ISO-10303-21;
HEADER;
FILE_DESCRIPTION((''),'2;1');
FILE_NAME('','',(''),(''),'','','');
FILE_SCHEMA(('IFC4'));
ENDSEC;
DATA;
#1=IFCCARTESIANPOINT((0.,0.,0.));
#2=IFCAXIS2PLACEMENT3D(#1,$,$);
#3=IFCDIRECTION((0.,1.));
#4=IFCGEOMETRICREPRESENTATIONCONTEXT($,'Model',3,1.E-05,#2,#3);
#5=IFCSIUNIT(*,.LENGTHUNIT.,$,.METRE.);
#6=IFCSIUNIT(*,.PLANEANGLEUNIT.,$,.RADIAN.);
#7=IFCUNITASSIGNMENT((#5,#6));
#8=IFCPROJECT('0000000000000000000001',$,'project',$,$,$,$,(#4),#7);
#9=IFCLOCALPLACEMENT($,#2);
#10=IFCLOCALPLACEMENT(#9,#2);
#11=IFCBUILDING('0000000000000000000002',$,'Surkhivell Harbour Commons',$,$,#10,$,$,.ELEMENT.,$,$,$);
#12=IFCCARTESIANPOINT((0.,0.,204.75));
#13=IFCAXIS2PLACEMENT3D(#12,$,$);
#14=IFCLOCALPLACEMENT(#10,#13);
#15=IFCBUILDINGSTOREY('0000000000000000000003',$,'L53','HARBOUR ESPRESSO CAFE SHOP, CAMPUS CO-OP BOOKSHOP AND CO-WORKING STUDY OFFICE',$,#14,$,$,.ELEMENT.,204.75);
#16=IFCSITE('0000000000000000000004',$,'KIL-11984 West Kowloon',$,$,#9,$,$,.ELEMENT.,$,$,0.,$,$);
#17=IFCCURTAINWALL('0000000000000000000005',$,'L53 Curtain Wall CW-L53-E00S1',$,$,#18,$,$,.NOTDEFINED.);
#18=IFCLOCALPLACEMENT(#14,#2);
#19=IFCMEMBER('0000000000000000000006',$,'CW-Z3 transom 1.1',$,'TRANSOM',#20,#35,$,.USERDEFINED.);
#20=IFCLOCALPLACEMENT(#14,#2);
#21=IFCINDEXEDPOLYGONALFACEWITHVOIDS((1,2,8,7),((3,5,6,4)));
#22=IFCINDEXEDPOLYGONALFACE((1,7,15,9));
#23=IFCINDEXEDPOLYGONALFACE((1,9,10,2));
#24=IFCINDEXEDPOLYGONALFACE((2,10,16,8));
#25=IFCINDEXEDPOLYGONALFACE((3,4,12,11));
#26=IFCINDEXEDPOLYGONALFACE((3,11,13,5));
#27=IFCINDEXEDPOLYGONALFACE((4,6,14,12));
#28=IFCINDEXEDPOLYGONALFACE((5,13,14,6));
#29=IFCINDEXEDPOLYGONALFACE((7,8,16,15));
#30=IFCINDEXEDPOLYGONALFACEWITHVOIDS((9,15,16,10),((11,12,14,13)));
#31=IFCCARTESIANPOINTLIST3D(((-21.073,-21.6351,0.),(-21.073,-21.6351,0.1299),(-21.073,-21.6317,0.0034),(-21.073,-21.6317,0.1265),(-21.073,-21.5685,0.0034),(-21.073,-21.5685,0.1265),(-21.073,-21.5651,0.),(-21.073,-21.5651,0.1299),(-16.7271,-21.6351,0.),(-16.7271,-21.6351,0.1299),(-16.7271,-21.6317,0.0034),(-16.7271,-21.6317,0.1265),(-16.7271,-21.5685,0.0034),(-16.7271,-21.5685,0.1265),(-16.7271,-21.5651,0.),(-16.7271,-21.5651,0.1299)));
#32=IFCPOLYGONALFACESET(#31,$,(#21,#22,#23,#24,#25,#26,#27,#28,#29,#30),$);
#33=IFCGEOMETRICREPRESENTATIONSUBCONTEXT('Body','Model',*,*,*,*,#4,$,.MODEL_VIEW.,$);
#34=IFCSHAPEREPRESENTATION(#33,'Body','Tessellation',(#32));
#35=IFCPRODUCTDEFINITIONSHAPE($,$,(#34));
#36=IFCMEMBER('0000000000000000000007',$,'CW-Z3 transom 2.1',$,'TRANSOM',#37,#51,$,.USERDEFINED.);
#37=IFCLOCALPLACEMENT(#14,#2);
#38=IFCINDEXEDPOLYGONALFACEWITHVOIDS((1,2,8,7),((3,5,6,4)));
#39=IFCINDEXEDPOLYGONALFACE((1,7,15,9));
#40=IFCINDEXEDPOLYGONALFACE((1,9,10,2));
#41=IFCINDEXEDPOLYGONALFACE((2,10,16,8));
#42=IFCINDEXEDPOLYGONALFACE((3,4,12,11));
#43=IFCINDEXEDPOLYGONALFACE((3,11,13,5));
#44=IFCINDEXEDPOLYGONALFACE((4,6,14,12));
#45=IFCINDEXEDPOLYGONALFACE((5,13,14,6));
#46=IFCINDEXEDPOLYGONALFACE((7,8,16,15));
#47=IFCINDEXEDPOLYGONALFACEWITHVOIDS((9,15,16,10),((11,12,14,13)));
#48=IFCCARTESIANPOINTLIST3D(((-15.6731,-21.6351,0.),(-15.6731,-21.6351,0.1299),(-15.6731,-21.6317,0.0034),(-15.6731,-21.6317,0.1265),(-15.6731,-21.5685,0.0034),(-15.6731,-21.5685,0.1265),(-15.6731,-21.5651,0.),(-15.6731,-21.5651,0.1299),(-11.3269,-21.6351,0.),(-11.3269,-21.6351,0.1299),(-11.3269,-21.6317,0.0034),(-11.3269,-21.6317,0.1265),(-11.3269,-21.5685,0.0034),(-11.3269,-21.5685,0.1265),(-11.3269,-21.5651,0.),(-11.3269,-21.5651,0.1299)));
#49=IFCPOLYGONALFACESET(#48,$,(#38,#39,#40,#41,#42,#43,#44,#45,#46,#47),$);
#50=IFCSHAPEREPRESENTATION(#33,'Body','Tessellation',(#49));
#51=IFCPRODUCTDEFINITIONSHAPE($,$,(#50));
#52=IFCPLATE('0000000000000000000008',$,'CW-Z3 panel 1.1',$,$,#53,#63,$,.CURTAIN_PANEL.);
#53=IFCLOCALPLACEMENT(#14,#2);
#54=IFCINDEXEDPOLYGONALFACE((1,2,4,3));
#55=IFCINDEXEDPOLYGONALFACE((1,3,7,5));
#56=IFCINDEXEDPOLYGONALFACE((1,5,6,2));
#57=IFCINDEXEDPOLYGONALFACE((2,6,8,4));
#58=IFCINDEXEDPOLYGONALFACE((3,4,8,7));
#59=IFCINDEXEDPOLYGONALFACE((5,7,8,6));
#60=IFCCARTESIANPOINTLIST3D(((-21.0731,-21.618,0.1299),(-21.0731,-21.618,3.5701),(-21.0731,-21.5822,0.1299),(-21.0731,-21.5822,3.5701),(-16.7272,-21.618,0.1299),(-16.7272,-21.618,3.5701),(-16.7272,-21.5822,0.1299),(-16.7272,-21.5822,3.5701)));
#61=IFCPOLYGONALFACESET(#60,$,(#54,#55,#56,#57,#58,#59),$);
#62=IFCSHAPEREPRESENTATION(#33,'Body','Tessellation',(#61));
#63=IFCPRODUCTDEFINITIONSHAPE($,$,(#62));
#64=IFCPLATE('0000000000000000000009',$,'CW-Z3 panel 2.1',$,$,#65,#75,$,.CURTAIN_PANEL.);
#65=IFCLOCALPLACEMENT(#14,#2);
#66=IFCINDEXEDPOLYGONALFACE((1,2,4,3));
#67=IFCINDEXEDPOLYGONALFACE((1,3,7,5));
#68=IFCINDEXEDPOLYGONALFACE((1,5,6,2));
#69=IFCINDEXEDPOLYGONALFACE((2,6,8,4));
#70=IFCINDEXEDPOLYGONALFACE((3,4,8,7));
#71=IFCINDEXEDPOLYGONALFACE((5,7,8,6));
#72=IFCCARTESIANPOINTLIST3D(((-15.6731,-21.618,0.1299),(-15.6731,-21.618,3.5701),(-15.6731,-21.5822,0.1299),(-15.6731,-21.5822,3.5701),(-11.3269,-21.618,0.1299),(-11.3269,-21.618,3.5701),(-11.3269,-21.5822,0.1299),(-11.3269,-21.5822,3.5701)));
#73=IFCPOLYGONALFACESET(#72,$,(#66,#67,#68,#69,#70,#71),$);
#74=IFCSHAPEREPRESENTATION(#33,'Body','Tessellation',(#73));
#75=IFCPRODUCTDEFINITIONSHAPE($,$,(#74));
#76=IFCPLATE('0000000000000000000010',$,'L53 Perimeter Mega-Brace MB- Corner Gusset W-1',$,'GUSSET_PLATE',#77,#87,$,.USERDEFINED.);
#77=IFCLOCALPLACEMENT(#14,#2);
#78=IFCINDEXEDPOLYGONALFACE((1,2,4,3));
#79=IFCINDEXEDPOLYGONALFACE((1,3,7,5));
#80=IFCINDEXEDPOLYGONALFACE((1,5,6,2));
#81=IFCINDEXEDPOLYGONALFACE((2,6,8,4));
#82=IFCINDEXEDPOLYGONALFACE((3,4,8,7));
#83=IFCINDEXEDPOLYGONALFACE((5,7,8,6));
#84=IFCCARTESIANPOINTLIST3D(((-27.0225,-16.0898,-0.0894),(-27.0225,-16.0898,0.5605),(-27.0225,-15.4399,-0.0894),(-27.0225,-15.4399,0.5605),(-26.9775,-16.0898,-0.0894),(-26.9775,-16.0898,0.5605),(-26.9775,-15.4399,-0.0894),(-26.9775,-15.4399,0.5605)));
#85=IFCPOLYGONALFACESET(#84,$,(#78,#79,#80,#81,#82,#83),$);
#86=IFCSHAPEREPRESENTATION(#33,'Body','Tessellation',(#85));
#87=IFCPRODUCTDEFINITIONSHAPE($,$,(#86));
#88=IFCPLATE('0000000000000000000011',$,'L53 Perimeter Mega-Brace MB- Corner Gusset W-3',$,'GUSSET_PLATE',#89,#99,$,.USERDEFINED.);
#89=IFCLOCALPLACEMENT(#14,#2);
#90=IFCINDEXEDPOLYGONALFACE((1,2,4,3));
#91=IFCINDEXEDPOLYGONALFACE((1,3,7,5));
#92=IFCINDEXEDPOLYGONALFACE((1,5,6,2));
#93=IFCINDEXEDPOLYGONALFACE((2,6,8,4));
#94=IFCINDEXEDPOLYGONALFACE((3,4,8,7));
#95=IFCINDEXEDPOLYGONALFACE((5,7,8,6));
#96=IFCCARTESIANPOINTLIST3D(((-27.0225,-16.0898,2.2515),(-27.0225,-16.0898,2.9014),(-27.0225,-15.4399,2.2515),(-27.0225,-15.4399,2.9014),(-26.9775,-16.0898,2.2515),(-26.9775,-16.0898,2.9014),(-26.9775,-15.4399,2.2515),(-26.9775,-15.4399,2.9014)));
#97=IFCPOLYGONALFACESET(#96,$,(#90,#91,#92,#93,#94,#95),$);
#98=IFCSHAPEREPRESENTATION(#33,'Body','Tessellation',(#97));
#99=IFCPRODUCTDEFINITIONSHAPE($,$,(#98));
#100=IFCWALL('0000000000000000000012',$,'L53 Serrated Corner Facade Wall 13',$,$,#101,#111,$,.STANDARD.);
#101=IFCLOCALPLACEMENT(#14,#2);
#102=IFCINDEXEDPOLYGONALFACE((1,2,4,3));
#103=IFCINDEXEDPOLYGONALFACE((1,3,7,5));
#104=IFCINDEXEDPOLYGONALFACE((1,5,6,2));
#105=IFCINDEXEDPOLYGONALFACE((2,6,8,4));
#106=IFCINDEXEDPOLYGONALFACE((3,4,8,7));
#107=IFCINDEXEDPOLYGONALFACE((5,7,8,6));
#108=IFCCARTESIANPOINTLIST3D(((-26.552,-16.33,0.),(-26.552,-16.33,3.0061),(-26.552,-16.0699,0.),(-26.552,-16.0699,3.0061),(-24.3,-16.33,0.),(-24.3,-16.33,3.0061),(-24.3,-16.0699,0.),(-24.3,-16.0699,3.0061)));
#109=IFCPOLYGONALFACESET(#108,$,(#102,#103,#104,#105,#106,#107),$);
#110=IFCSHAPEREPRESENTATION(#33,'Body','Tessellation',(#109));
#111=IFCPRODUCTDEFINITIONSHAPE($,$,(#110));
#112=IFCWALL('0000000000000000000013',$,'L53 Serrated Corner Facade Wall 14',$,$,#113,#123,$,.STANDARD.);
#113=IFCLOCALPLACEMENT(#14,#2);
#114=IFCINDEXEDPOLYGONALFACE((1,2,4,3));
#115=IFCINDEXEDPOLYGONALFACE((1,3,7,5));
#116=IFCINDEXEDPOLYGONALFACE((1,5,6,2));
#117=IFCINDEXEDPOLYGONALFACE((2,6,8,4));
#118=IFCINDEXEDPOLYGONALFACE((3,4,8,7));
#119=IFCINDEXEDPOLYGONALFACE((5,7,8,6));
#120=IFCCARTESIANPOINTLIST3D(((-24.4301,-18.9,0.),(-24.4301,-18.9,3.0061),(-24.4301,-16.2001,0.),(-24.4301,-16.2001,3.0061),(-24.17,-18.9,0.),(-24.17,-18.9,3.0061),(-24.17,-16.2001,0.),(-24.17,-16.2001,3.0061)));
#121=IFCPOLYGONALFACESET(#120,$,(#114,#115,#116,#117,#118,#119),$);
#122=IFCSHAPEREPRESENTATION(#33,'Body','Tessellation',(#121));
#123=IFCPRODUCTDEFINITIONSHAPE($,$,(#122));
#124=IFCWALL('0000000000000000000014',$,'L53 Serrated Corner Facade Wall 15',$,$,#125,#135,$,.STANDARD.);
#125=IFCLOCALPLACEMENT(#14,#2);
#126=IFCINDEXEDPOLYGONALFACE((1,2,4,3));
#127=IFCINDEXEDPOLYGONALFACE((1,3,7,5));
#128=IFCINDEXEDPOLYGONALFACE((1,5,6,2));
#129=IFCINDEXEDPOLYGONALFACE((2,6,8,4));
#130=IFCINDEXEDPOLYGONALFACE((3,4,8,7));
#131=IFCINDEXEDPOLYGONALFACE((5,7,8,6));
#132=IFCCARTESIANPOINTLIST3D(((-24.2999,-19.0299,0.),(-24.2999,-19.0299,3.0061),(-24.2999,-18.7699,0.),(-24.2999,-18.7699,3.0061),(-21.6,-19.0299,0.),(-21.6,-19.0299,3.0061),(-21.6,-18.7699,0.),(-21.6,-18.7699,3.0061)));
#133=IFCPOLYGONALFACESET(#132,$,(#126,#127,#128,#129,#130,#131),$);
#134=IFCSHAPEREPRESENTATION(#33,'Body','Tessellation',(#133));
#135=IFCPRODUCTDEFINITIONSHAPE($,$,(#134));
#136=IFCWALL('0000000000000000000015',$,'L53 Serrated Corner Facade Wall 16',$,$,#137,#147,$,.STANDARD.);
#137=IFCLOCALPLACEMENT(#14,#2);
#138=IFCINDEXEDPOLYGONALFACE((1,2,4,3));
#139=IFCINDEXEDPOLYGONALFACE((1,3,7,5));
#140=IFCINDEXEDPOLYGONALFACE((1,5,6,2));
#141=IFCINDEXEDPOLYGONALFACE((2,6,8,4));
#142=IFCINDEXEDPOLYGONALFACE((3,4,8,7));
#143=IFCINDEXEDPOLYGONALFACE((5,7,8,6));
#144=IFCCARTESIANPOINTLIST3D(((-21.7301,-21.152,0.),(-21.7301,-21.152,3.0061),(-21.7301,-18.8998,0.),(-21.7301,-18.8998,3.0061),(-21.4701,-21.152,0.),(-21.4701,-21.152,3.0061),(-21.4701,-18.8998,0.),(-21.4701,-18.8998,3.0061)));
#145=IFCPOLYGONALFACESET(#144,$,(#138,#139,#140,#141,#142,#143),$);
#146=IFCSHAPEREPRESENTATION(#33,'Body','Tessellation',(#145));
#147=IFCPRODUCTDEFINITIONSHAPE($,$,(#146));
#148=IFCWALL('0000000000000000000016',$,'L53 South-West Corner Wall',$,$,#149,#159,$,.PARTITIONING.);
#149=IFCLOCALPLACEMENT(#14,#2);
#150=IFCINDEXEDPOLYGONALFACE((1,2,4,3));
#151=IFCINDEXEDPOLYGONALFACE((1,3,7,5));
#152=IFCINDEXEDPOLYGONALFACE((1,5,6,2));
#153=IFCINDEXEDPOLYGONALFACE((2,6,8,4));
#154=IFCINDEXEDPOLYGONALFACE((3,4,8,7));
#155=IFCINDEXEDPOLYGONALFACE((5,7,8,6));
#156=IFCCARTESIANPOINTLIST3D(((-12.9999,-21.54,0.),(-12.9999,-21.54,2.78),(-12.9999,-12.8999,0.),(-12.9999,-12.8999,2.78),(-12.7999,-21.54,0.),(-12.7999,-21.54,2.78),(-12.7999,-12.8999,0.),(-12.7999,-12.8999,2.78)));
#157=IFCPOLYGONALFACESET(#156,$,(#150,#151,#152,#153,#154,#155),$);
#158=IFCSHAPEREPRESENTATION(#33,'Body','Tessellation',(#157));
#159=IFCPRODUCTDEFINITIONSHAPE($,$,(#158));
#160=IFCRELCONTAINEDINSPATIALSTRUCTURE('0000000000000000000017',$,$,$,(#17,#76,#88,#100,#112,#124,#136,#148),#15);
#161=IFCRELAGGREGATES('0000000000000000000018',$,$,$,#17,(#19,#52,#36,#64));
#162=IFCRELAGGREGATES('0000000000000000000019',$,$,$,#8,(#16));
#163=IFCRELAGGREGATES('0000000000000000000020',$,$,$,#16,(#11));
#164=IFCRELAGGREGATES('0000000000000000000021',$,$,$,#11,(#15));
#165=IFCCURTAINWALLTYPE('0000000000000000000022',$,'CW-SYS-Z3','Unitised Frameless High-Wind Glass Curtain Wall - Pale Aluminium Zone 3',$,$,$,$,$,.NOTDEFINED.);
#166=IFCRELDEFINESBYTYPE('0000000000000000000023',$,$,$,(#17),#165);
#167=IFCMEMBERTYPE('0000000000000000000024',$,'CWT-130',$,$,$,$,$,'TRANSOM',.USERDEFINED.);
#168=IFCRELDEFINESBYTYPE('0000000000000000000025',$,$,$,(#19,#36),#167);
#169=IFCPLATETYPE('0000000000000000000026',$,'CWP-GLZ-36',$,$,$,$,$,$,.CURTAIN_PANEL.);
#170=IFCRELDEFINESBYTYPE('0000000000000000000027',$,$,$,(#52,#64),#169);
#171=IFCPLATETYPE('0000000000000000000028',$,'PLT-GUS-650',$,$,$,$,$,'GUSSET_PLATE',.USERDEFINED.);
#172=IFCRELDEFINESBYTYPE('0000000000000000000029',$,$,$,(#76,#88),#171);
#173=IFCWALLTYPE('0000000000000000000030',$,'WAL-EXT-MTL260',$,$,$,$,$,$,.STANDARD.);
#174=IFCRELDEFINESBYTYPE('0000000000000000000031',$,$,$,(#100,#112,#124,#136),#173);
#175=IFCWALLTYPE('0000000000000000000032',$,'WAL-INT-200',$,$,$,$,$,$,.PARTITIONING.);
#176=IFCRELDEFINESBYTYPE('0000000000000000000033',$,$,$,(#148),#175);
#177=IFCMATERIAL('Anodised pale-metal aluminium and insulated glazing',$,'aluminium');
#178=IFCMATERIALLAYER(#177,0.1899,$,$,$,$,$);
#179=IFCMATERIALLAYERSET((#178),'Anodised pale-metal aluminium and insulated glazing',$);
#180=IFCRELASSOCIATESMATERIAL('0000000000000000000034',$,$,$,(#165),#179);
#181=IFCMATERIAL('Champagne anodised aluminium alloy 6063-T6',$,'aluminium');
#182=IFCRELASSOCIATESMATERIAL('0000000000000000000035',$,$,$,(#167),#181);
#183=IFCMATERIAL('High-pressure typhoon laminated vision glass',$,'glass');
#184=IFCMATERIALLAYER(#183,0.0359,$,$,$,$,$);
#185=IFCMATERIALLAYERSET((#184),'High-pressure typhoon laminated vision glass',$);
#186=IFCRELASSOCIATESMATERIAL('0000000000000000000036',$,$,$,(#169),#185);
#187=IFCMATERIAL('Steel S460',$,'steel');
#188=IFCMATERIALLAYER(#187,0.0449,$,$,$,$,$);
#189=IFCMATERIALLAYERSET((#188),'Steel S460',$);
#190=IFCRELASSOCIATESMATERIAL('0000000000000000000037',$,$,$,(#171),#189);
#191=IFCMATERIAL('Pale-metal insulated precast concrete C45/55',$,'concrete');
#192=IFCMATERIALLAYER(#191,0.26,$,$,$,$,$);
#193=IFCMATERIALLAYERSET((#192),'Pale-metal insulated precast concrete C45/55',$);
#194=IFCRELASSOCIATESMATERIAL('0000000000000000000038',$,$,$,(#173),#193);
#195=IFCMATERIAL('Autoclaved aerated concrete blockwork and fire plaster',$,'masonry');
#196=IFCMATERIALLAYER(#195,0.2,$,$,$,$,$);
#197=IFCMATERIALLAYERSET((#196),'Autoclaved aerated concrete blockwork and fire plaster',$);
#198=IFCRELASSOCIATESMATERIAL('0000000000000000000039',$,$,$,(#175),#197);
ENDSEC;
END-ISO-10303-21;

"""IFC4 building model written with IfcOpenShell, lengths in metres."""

from ifc_helpers import new_model, si_unit, direction, frame, frame_2d, origin, origin_2d, place, context, subcontext, project, spatial, rectangle, hollow_rectangle, extrude, material, layer, layer_set, material_profile, profile_set, type_object, element, aggregate, save


model = new_model("IFC4")

# Units and contexts
model_context = context("Model", 3, precision=1e-05, world=origin(), true_north=direction((0.0, 1.0)))
body_context = subcontext(model_context, "Body", "Model", "MODEL_VIEW")
ifc_project = project(units=[si_unit("LENGTHUNIT", "METRE"), si_unit("PLANEANGLEUNIT", "RADIAN")], contexts=[model_context])

# Site, building, storey
site_placement = place(None, origin())
site = spatial("IfcSite", under=ifc_project, at=site_placement, Name="KIL-11984 West Kowloon", CompositionType="ELEMENT", RefElevation=0.0)
building_placement = place(site_placement, origin())
building = spatial("IfcBuilding", under=site, at=building_placement, Name="Surkhivell Harbour Commons", CompositionType="ELEMENT")
storey_placement = place(building_placement, frame((0.0, 0.0, 204.75)))
storey = spatial("IfcBuildingStorey", under=building, at=storey_placement, Name="L53", Description="HARBOUR ESPRESSO CAFE SHOP, CAMPUS CO-OP BOOKSHOP AND CO-WORKING STUDY OFFICE", CompositionType="ELEMENT", Elevation=204.75)

# Curtain wall, members, plates
ifc_material_1 = material(Name="Anodised pale-metal aluminium and insulated glazing", Category="aluminium")
ifc_layer_1 = layer(ifc_material_1, 0.1899)
ifc_layer_set_1 = layer_set([ifc_layer_1], Name="Anodised pale-metal aluminium and insulated glazing")
curtain_wall_type = type_object("IfcCurtainWallType", Name="CW-SYS-Z3", Description="Unitised Frameless High-Wind Glass Curtain Wall - Pale Aluminium Zone 3", PredefinedType="NOTDEFINED", material=ifc_layer_set_1)
curtain_wall_placement = place(storey_placement, origin())
curtain_wall = element("IfcCurtainWall", 1, at=curtain_wall_placement, inside=storey, type_object=curtain_wall_type, Name="L53 Curtain Wall CW-L53-E00S1", PredefinedType="NOTDEFINED")
ifc_material_2 = material(Name="Champagne anodised aluminium alloy 6063-T6", Category="aluminium")
ifc_material_profile_1 = material_profile(ifc_material_2, hollow_rectangle(XDim=0.0701, YDim=0.1299, WallThickness=0.0034, at=origin_2d()), Name="ALU-TRAN-70x130")
ifc_profile_set_1 = profile_set([ifc_material_profile_1], Name="Champagne anodised aluminium alloy 6063-T6")
member_type_1 = type_object("IfcMemberType", Name="CWT-130", ElementType="TRANSOM", PredefinedType="USERDEFINED", material=ifc_profile_set_1)
member_1_placement = place(storey_placement, frame((-21.073, -21.6001, 0.0649), z_axis=(1.0, 0.0, 0.0), x_axis=(0.0, 1.0, 0.0)))
member_1 = element("IfcMember", 2, at=member_1_placement, type_object=member_type_1, Name="CW-Z3 transom 1.1", ObjectType="TRANSOM", PredefinedType="USERDEFINED", context=body_context, shape_type="SweptSolid", body=[
    extrude(hollow_rectangle(XDim=0.0701, YDim=0.1299, WallThickness=0.0034, at=origin_2d()), origin(), (0.0, 0.0, 1.0), 4.3459),
])
member_2_placement = place(storey_placement, frame((-15.6731, -21.6001, 0.0649), z_axis=(1.0, 0.0, 0.0), x_axis=(0.0, 1.0, 0.0)))
member_2 = element("IfcMember", 3, at=member_2_placement, type_object=member_type_1, Name="CW-Z3 transom 2.1", ObjectType="TRANSOM", PredefinedType="USERDEFINED", context=body_context, shape_type="SweptSolid", body=[
    extrude(hollow_rectangle(XDim=0.0701, YDim=0.1299, WallThickness=0.0034, at=origin_2d()), origin(), (0.0, 0.0, 1.0), 4.3462),
])
ifc_material_3 = material(Name="High-pressure typhoon laminated vision glass", Category="glass")
ifc_layer_2 = layer(ifc_material_3, 0.0359)
ifc_layer_set_2 = layer_set([ifc_layer_2], Name="High-pressure typhoon laminated vision glass")
plate_type_1 = type_object("IfcPlateType", Name="CWP-GLZ-36", PredefinedType="CURTAIN_PANEL", material=ifc_layer_set_2)
plate_1_placement = place(storey_placement, frame((-21.073, -21.6001, 0.1299), z_axis=(0.0, 0.0, 1.0), x_axis=(1.0, 0.0, 0.0)))
plate_1 = element("IfcPlate", 4, at=plate_1_placement, type_object=plate_type_1, Name="CW-Z3 panel 1.1", PredefinedType="CURTAIN_PANEL", context=body_context, shape_type="SweptSolid", body=[
    extrude(rectangle(XDim=4.3459, YDim=0.0359, at=frame_2d((2.1729, 0.0))), origin(), (0.0, 0.0, 1.0), 3.4402),
])
plate_2_placement = place(storey_placement, frame((-15.6731, -21.6001, 0.1299), z_axis=(0.0, 0.0, 1.0), x_axis=(1.0, 0.0, 0.0)))
plate_2 = element("IfcPlate", 5, at=plate_2_placement, type_object=plate_type_1, Name="CW-Z3 panel 2.1", PredefinedType="CURTAIN_PANEL", context=body_context, shape_type="SweptSolid", body=[
    extrude(rectangle(XDim=4.3462, YDim=0.0359, at=frame_2d((2.1731, 0.0))), origin(), (0.0, 0.0, 1.0), 3.4402),
])
aggregate(curtain_wall, [member_1, plate_1, member_2, plate_2])

# Plates
ifc_material_4 = material(Name="Steel S460", Category="steel")
ifc_layer_3 = layer(ifc_material_4, 0.0449)
ifc_layer_set_3 = layer_set([ifc_layer_3], Name="Steel S460")
plate_type_2 = type_object("IfcPlateType", Name="PLT-GUS-650", ElementType="GUSSET_PLATE", PredefinedType="USERDEFINED", material=ifc_layer_set_3)
for number, where, z_axis, x_axis, name in (
    (6, (-27.0, -15.7649, -0.0894), (0.0, 0.0, 1.0), (0.0, 1.0, 0.0), "L53 Perimeter Mega-Brace MB- Corner Gusset W-1"),
    (7, (-27.0, -15.7649, 2.2515), (0.0, 0.0, 1.0), (0.0, 1.0, 0.0), "L53 Perimeter Mega-Brace MB- Corner Gusset W-3"),
):
    element("IfcPlate", number, at=place(storey_placement, frame(where, z_axis=z_axis, x_axis=x_axis)), inside=storey, type_object=plate_type_2, Name=name, ObjectType="GUSSET_PLATE", PredefinedType="USERDEFINED", context=body_context, shape_type="SweptSolid", body=[
        extrude(rectangle(XDim=0.6499, YDim=0.0449, at=origin_2d()), origin(), (0.0, 0.0, 1.0), 0.6499),
    ])

# Walls
ifc_material_5 = material(Name="Pale-metal insulated precast concrete C45/55", Category="concrete")
ifc_layer_4 = layer(ifc_material_5, 0.26)
ifc_layer_set_4 = layer_set([ifc_layer_4], Name="Pale-metal insulated precast concrete C45/55")
wall_type_1 = type_object("IfcWallType", Name="WAL-EXT-MTL260", PredefinedType="STANDARD", material=ifc_layer_set_4)
wall_1_placement = place(storey_placement, frame((-26.552, -16.2, 0.0), z_axis=(0.0, 0.0, 1.0), x_axis=(1.0, 0.0, 0.0)))
element("IfcWall", 8, at=wall_1_placement, inside=storey, type_object=wall_type_1, Name="L53 Serrated Corner Facade Wall 13", PredefinedType="STANDARD", context=body_context, shape_type="SweptSolid", body=[
    extrude(rectangle(XDim=2.252, YDim=0.26, at=frame_2d((1.126, 0.0))), origin(), (0.0, 0.0, 1.0), 3.0061),
])
for number, where, z_axis, x_axis, name in (
    (9, (-24.3, -16.2, 0.0), (0.0, 0.0, 1.0), (0.0, -1.0, 0.0), "L53 Serrated Corner Facade Wall 14"),
    (10, (-24.3, -18.8999, 0.0), (0.0, 0.0, 1.0), (1.0, 0.0, 0.0), "L53 Serrated Corner Facade Wall 15"),
):
    element("IfcWall", number, at=place(storey_placement, frame(where, z_axis=z_axis, x_axis=x_axis)), inside=storey, type_object=wall_type_1, Name=name, PredefinedType="STANDARD", context=body_context, shape_type="SweptSolid", body=[
        extrude(rectangle(XDim=2.7, YDim=0.26, at=frame_2d((1.3501, 0.0))), origin(), (0.0, 0.0, 1.0), 3.0061),
    ])
wall_2_placement = place(storey_placement, frame((-21.6001, -18.8999, 0.0), z_axis=(0.0, 0.0, 1.0), x_axis=(0.0, -1.0, 0.0)))
element("IfcWall", 11, at=wall_2_placement, inside=storey, type_object=wall_type_1, Name="L53 Serrated Corner Facade Wall 16", PredefinedType="STANDARD", context=body_context, shape_type="SweptSolid", body=[
    extrude(rectangle(XDim=2.2522, YDim=0.26, at=frame_2d((1.126, 0.0))), origin(), (0.0, 0.0, 1.0), 3.0061),
])
ifc_material_6 = material(Name="Autoclaved aerated concrete blockwork and fire plaster", Category="masonry")
ifc_layer_5 = layer(ifc_material_6, 0.2)
ifc_layer_set_5 = layer_set([ifc_layer_5], Name="Autoclaved aerated concrete blockwork and fire plaster")
wall_type_2 = type_object("IfcWallType", Name="WAL-INT-200", PredefinedType="PARTITIONING", material=ifc_layer_set_5)
wall_3_placement = place(storey_placement, frame((-12.8999, -21.54, 0.0), z_axis=(0.0, 0.0, 1.0), x_axis=(0.0, 1.0, 0.0)))
element("IfcWall", 12, at=wall_3_placement, inside=storey, type_object=wall_type_2, Name="L53 South-West Corner Wall", PredefinedType="PARTITIONING", context=body_context, shape_type="SweptSolid", body=[
    extrude(rectangle(XDim=8.6401, YDim=0.2, at=frame_2d((4.3201, 0.0))), origin(), (0.0, 0.0, 1.0), 2.78),
])

save(model, "model.ifc")
